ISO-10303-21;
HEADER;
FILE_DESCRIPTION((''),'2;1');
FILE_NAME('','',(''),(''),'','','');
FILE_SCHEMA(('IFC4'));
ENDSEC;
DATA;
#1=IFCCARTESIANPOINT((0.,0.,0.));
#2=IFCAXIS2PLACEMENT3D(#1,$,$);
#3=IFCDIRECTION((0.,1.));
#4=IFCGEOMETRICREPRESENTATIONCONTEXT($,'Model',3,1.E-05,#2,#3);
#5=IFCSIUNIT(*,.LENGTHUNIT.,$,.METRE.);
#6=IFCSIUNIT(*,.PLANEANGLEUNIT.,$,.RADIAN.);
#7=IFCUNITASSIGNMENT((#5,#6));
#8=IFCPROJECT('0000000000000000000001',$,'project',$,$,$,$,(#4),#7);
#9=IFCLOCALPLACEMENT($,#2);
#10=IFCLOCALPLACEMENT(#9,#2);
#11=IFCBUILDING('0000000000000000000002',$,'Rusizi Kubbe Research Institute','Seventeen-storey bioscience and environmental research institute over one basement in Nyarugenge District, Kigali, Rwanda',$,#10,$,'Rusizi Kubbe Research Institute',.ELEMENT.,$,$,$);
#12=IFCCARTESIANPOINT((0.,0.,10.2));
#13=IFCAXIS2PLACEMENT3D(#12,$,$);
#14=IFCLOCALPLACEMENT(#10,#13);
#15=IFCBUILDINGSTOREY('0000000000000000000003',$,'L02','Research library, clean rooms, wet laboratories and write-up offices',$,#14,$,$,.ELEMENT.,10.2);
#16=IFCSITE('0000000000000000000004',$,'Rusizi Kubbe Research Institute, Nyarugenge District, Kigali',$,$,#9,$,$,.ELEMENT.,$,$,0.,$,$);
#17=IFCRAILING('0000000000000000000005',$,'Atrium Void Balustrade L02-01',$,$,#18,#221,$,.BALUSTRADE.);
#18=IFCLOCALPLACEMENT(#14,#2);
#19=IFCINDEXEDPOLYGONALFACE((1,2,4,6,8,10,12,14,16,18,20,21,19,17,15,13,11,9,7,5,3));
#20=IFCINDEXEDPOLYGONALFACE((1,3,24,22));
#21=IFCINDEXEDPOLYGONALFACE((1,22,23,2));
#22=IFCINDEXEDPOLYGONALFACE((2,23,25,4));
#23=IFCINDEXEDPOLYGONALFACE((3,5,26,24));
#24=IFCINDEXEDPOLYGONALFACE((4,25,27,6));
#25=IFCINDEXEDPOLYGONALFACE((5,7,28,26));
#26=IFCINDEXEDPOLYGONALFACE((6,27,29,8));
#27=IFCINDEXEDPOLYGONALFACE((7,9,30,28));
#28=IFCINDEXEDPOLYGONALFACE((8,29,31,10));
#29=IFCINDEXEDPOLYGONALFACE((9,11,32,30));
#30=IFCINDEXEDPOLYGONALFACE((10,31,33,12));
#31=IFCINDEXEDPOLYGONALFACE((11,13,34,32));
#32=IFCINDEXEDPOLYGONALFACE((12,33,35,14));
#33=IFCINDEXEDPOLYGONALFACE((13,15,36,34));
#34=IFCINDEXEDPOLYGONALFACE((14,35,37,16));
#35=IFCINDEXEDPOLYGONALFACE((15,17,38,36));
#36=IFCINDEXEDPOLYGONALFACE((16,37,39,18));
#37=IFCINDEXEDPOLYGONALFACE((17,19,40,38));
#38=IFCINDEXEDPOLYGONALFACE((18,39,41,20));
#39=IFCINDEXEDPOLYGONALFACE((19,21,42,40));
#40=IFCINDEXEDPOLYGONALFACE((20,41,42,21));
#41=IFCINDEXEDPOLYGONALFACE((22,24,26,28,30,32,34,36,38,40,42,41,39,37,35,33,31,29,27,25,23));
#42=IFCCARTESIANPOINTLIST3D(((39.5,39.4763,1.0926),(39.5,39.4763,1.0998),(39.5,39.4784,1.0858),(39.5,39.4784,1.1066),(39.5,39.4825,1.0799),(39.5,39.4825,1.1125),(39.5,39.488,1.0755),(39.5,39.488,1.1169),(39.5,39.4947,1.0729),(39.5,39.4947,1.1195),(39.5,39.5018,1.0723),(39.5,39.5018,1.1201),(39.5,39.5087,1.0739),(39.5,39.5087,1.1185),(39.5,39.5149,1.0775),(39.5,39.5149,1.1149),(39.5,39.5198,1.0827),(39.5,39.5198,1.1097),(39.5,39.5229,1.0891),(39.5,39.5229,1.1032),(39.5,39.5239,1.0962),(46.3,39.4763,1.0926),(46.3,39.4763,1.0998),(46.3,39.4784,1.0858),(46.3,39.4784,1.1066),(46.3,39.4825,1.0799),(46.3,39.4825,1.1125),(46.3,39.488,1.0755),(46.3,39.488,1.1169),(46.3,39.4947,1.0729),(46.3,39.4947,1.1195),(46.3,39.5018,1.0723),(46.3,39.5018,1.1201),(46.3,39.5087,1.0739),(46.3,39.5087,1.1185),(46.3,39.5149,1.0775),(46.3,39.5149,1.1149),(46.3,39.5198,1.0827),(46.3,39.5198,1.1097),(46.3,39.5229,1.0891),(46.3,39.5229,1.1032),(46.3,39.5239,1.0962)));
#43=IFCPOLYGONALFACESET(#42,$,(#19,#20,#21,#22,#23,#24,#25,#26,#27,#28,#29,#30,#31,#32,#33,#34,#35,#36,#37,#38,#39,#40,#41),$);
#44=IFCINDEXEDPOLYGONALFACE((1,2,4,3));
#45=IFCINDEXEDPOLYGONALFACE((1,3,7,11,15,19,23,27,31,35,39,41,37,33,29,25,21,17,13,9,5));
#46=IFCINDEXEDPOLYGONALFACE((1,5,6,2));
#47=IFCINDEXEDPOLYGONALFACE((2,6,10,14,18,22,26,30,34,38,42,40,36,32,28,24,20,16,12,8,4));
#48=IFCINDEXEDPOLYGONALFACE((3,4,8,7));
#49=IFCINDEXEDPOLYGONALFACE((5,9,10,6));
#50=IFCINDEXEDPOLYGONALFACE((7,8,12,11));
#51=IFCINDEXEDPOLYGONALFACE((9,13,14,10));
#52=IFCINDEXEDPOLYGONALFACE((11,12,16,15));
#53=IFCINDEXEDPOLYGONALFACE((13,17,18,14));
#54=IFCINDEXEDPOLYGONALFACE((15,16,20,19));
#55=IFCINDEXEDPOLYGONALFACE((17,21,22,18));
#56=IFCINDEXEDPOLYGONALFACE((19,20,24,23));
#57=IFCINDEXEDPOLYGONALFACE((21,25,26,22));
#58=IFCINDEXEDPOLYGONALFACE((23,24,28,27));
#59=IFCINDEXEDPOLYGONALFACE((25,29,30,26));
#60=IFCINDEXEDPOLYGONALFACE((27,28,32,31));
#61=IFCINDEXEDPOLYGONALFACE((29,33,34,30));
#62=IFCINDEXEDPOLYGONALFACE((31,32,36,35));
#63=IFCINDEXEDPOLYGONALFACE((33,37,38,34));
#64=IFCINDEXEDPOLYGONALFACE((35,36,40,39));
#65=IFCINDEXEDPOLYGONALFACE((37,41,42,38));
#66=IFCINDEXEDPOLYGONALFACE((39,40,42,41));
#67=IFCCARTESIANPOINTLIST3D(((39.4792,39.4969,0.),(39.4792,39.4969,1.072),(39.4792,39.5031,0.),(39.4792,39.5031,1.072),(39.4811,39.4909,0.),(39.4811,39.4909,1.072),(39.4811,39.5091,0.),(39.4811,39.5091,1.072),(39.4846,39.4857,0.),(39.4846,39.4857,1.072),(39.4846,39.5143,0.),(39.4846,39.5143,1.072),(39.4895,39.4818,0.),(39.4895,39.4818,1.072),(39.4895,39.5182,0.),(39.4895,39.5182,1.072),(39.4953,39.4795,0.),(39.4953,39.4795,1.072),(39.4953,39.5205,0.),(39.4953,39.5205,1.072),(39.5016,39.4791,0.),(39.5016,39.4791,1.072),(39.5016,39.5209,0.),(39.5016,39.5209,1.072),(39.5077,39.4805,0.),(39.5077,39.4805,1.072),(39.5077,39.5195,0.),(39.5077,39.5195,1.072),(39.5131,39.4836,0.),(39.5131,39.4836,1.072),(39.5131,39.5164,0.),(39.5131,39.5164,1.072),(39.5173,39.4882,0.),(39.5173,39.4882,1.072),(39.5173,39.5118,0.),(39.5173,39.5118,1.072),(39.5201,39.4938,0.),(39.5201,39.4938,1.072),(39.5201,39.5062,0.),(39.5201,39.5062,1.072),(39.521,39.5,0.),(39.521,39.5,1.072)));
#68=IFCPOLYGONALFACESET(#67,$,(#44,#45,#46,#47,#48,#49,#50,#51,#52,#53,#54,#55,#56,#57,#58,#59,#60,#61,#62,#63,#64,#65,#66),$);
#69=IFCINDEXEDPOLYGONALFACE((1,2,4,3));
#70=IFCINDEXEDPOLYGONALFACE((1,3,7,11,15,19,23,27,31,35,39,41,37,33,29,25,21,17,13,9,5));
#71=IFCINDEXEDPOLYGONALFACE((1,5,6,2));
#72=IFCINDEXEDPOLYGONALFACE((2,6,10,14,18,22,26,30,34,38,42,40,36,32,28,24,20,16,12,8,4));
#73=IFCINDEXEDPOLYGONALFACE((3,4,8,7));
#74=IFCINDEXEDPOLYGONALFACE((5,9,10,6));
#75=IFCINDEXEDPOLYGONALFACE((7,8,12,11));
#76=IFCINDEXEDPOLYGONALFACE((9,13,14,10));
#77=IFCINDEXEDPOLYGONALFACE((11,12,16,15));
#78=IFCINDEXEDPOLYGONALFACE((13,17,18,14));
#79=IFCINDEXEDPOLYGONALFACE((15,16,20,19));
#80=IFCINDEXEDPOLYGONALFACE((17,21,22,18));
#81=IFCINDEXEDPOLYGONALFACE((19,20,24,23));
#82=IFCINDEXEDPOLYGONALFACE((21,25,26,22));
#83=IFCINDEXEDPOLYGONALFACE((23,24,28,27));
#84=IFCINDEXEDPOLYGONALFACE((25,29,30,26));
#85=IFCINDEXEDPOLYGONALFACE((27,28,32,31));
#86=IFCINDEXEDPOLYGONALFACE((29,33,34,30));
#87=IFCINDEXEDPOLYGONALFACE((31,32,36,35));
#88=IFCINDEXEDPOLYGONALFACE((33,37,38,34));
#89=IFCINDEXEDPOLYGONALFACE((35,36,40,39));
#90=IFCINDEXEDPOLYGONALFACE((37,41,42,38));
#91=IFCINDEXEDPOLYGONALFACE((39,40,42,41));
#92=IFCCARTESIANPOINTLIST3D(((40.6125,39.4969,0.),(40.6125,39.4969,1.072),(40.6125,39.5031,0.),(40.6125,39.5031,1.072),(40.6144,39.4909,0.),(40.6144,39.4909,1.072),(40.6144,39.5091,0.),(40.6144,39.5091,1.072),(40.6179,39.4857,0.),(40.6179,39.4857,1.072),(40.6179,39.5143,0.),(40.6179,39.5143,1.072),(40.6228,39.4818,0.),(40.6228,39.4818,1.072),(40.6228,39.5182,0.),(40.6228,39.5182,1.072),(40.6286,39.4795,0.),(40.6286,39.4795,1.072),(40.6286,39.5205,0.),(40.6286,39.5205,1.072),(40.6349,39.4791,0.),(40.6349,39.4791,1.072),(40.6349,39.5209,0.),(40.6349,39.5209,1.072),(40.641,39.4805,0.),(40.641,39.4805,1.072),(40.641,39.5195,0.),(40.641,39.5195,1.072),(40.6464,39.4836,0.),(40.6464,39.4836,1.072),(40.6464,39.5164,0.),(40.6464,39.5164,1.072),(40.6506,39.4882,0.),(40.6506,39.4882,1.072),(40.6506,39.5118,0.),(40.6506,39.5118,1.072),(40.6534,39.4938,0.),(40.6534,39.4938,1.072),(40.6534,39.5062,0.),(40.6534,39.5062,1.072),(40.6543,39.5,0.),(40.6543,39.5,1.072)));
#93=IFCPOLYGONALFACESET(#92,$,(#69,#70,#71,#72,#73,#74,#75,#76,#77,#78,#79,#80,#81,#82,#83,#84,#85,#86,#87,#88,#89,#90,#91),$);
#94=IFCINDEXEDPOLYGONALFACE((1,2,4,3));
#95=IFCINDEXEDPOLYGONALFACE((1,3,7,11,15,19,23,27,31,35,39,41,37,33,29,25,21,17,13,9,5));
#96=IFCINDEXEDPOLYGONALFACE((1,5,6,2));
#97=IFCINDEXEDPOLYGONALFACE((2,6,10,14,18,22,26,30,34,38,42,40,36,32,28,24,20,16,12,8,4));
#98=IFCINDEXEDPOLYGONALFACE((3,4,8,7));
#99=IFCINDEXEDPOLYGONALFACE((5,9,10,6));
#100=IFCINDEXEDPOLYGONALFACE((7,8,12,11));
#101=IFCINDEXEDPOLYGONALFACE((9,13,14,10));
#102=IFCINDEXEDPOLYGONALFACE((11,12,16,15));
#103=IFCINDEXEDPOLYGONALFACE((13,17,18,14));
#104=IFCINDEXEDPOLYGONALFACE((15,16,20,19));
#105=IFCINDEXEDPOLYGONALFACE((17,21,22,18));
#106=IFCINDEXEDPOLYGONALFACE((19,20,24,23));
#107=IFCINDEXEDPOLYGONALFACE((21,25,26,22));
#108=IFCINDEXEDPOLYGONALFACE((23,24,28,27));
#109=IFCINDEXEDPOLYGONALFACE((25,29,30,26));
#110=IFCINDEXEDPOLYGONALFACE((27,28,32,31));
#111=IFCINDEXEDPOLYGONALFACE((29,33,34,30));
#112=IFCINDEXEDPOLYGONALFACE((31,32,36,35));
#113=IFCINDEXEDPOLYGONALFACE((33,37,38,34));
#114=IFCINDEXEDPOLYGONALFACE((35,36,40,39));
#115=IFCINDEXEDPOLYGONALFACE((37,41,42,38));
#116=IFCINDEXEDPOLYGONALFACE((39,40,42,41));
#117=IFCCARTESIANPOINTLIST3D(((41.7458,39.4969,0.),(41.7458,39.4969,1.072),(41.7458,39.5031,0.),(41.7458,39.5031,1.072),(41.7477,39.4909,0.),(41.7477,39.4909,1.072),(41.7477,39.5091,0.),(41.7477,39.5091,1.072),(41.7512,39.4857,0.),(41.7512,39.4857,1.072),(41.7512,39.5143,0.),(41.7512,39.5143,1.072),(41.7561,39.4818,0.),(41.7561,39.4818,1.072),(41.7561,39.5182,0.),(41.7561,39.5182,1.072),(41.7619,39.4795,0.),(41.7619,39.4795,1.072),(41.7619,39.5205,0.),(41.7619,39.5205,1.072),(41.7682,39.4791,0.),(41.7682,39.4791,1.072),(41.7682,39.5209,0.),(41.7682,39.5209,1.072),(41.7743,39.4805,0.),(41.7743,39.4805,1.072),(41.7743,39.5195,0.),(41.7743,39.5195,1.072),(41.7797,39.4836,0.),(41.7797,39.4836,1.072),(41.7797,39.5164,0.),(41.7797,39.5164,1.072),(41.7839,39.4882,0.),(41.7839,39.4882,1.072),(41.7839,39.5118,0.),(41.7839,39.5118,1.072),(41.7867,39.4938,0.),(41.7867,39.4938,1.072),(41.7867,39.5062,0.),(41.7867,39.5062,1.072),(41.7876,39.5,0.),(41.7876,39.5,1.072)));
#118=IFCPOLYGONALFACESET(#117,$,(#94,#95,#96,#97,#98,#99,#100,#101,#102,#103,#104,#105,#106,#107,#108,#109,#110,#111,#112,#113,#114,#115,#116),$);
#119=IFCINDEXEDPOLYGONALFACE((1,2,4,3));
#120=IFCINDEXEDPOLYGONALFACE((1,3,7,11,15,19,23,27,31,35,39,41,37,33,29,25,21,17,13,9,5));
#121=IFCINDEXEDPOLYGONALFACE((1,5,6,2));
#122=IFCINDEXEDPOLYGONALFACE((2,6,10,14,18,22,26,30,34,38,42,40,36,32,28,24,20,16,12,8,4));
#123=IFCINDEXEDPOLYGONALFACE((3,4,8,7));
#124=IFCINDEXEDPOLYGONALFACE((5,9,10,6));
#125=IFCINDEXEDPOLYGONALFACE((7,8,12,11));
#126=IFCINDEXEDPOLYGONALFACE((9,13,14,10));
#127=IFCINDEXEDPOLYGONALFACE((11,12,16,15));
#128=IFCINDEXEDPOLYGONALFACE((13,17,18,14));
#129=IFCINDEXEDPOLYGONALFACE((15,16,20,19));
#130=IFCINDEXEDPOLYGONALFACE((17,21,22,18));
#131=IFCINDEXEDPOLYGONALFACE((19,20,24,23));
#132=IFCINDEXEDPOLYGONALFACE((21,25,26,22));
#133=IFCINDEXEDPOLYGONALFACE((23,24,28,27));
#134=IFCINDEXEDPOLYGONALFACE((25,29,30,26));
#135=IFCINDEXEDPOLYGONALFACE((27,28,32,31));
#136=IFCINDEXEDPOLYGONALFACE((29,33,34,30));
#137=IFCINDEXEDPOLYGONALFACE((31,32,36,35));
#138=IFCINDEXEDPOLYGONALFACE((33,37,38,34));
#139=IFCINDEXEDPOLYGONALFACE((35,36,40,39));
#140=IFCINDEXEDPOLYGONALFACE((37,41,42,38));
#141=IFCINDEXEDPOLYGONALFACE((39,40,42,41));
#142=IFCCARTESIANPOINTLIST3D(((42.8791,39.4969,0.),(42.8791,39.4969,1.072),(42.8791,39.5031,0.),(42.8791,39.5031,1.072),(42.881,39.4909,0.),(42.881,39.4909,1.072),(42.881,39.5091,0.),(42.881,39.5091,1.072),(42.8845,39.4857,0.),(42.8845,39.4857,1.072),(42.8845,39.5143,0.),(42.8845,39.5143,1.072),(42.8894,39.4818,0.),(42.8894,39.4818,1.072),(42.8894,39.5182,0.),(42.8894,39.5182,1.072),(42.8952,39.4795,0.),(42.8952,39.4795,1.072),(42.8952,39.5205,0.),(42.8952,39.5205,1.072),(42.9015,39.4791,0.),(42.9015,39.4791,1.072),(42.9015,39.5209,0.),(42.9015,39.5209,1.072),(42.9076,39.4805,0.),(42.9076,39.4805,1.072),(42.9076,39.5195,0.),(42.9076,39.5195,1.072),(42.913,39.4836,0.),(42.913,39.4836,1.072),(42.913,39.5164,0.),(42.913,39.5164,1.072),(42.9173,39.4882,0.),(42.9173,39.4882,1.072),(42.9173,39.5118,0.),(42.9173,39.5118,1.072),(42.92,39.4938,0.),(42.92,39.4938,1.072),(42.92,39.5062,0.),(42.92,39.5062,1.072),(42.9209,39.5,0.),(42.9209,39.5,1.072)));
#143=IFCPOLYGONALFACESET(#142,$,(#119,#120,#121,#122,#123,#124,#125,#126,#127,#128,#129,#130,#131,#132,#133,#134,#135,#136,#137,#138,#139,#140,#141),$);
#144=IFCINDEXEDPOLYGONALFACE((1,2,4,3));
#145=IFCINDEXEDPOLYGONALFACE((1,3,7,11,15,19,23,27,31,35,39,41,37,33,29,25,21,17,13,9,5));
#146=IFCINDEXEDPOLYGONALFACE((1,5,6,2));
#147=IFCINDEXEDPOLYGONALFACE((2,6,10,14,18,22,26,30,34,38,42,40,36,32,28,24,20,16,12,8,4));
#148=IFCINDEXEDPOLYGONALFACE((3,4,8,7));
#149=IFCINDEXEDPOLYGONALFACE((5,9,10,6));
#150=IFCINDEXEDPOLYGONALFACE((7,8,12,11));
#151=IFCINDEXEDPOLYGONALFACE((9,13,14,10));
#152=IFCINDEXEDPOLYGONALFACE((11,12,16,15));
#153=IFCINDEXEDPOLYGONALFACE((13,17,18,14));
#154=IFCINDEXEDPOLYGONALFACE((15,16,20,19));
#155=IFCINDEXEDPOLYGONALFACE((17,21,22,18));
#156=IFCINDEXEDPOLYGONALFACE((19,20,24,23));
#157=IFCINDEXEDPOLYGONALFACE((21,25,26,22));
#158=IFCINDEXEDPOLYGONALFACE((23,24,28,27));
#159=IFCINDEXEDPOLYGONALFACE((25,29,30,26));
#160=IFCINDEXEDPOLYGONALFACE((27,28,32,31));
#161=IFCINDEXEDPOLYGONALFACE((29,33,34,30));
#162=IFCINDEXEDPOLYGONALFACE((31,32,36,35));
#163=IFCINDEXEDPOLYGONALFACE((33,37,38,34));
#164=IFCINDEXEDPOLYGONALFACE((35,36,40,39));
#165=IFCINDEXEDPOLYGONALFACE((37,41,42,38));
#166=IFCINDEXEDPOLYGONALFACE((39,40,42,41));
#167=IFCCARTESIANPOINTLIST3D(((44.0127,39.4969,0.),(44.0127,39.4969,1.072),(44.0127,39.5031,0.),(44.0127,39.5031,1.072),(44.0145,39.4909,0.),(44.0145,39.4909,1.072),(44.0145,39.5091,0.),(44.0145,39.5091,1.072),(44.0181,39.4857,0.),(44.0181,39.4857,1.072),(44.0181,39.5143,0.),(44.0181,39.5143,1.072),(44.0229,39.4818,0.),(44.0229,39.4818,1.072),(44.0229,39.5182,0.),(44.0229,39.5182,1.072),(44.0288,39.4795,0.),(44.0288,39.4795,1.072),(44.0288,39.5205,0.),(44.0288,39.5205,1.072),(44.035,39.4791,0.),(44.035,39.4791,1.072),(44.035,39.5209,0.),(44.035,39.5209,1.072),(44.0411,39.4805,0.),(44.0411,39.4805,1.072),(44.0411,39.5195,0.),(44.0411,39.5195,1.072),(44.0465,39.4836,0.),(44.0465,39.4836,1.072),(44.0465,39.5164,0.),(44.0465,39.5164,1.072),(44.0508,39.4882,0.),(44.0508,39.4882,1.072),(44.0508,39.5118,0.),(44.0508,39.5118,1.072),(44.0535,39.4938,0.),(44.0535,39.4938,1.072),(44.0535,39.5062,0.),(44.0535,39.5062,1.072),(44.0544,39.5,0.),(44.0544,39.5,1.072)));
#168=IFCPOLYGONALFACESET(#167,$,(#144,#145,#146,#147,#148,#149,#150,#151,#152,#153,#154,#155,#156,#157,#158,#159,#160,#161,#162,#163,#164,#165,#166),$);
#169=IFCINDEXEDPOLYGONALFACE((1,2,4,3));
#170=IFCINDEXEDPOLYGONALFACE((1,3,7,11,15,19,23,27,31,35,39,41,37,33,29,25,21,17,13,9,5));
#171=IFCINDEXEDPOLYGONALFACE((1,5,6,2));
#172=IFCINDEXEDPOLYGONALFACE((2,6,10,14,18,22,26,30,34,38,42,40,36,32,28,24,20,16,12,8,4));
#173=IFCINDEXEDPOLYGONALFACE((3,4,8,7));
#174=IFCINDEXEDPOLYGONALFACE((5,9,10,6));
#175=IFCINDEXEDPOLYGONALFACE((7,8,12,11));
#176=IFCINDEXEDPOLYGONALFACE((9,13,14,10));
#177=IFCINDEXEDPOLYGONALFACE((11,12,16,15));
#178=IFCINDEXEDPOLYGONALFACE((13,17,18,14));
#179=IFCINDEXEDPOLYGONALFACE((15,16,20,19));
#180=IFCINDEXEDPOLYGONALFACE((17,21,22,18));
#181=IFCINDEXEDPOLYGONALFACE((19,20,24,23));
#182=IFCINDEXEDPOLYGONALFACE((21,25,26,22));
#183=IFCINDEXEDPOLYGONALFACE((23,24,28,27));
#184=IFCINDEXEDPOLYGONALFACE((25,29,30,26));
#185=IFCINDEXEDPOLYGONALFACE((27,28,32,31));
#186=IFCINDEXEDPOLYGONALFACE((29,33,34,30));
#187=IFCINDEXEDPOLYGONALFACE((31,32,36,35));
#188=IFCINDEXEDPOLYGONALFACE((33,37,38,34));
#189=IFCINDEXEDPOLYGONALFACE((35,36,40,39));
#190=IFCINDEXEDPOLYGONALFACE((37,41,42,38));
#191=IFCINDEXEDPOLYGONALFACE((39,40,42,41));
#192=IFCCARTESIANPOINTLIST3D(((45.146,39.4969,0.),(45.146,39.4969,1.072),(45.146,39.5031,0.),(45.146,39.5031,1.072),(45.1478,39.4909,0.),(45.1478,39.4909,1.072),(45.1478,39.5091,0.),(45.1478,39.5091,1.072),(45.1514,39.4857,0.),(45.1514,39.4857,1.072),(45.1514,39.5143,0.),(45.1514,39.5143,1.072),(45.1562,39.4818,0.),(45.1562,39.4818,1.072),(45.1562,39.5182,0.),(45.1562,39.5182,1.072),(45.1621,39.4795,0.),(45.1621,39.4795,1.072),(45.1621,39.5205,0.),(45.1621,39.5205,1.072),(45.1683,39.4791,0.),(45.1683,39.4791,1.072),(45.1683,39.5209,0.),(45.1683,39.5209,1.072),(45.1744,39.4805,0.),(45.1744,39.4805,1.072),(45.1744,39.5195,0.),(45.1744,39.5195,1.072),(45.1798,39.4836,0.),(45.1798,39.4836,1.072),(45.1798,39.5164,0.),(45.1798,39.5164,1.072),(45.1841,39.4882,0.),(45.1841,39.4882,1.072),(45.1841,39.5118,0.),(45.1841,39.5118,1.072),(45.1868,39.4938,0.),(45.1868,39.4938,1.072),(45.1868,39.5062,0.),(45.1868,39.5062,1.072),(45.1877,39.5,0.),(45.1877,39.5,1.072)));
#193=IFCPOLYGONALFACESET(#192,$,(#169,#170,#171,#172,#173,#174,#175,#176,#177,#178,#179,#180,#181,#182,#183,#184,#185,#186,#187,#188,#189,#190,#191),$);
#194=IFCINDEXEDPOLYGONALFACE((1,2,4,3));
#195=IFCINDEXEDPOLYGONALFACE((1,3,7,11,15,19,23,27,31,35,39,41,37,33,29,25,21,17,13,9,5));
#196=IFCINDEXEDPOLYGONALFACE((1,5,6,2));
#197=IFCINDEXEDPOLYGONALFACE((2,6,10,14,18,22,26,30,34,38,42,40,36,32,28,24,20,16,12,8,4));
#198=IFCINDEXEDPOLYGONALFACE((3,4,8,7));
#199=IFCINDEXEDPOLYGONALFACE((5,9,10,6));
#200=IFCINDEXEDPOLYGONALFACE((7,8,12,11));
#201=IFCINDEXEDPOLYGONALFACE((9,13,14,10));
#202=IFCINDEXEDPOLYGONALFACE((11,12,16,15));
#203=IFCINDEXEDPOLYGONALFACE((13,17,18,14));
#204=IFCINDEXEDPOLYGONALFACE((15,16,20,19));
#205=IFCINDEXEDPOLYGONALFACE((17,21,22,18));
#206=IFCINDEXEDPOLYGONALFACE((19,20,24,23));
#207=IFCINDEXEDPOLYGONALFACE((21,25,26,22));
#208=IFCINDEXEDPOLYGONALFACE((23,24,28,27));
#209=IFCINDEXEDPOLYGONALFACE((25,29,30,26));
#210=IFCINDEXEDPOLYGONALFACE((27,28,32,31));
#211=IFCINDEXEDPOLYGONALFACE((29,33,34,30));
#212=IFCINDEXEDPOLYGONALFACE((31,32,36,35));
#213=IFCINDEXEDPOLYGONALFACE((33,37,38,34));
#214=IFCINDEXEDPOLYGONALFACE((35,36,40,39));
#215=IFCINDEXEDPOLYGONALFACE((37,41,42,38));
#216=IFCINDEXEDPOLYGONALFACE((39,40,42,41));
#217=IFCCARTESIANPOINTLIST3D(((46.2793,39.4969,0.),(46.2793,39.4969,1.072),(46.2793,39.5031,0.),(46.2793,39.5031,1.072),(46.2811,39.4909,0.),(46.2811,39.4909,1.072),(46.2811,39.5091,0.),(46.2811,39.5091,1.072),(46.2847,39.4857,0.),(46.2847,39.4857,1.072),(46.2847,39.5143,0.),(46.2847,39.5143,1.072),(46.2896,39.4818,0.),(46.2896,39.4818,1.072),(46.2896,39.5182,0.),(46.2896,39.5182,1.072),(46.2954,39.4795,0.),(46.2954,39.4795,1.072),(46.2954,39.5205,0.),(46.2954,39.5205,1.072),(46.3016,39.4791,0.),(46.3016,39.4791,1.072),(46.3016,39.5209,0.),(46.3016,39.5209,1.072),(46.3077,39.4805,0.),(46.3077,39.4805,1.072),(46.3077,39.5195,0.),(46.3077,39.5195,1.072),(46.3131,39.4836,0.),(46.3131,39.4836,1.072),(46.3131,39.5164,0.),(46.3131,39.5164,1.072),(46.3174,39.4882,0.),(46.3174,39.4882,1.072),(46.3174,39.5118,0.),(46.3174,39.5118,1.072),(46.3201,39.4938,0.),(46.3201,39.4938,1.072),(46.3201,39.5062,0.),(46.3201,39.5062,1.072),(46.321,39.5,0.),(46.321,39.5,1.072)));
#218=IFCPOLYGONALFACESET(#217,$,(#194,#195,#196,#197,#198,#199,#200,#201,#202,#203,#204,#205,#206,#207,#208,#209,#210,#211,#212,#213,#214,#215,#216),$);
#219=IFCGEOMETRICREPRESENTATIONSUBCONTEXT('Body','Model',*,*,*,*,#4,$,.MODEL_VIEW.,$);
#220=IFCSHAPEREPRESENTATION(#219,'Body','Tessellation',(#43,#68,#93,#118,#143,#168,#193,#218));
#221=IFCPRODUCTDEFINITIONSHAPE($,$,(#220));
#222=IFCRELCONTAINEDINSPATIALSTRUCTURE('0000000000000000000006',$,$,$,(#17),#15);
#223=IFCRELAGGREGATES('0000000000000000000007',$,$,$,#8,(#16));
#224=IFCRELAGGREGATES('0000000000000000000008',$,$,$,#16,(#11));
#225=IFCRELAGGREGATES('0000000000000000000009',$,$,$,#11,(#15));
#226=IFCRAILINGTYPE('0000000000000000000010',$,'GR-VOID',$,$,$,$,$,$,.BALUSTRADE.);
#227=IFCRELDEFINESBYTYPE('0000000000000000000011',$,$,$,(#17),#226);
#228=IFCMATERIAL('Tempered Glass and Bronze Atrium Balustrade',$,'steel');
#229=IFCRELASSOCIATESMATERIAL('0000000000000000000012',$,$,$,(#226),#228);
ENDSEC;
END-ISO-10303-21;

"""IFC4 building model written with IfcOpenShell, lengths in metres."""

from ifc_helpers import new_model, si_unit, direction, frame, origin, origin_2d, place, context, subcontext, project, spatial, circle, extrude, material, type_object, element, save


model = new_model("IFC4")

# Units and contexts
model_context = context("Model", 3, precision=1e-05, world=origin(), true_north=direction((0.0, 1.0)))
body_context = subcontext(model_context, "Body", "Model", "MODEL_VIEW")
ifc_project = project(units=[si_unit("LENGTHUNIT", "METRE"), si_unit("PLANEANGLEUNIT", "RADIAN")], contexts=[model_context])

# Site, building, storey
site_placement = place(None, origin())
site = spatial("IfcSite", under=ifc_project, at=site_placement, Name="Rusizi Kubbe Research Institute, Nyarugenge District, Kigali", CompositionType="ELEMENT", RefElevation=0.0)
building_placement = place(site_placement, origin())
building = spatial("IfcBuilding", under=site, at=building_placement, Name="Rusizi Kubbe Research Institute", Description="Seventeen-storey bioscience and environmental research institute over one basement in Nyarugenge District, Kigali, Rwanda", LongName="Rusizi Kubbe Research Institute", CompositionType="ELEMENT")
storey_placement = place(building_placement, frame((0.0, 0.0, 10.2)))
storey = spatial("IfcBuildingStorey", under=building, at=storey_placement, Name="L02", Description="Research library, clean rooms, wet laboratories and write-up offices", CompositionType="ELEMENT", Elevation=10.2)

# Railing
ifc_material_1 = material(Name="Tempered Glass and Bronze Atrium Balustrade", Category="steel")
railing_type = type_object("IfcRailingType", Name="GR-VOID", PredefinedType="BALUSTRADE", material=ifc_material_1)
railing_1_placement = place(storey_placement, frame((39.5, 39.5, 0.0)))
element("IfcRailing", 1, at=railing_1_placement, inside=storey, type_object=railing_type, Name="Atrium Void Balustrade L02-01", PredefinedType="BALUSTRADE", context=body_context, shape_type="SweptSolid", body=[
    extrude(circle(Radius=0.0239, at=origin_2d()), frame((0.0, 0.0, 1.0962), z_axis=(1.0, 0.0, 0.0), x_axis=(0.0, 1.0, 0.0)), (0.0, 0.0, 1.0), 6.8),
    extrude(circle(Radius=0.021, at=origin_2d()), origin(), (0.0, 0.0, 1.0), 1.072),
    extrude(circle(Radius=0.021, at=origin_2d()), frame((1.1333, 0.0, 0.0)), (0.0, 0.0, 1.0), 1.072),
    extrude(circle(Radius=0.021, at=origin_2d()), frame((2.2666, 0.0, 0.0)), (0.0, 0.0, 1.0), 1.072),
    extrude(circle(Radius=0.021, at=origin_2d()), frame((3.3999, 0.0, 0.0)), (0.0, 0.0, 1.0), 1.072),
    extrude(circle(Radius=0.021, at=origin_2d()), frame((4.5334, 0.0, 0.0)), (0.0, 0.0, 1.0), 1.072),
    extrude(circle(Radius=0.021, at=origin_2d()), frame((5.6667, 0.0, 0.0)), (0.0, 0.0, 1.0), 1.072),
    extrude(circle(Radius=0.021, at=origin_2d()), frame((6.8, 0.0, 0.0)), (0.0, 0.0, 1.0), 1.072),
])

save(model, "model.ifc")
